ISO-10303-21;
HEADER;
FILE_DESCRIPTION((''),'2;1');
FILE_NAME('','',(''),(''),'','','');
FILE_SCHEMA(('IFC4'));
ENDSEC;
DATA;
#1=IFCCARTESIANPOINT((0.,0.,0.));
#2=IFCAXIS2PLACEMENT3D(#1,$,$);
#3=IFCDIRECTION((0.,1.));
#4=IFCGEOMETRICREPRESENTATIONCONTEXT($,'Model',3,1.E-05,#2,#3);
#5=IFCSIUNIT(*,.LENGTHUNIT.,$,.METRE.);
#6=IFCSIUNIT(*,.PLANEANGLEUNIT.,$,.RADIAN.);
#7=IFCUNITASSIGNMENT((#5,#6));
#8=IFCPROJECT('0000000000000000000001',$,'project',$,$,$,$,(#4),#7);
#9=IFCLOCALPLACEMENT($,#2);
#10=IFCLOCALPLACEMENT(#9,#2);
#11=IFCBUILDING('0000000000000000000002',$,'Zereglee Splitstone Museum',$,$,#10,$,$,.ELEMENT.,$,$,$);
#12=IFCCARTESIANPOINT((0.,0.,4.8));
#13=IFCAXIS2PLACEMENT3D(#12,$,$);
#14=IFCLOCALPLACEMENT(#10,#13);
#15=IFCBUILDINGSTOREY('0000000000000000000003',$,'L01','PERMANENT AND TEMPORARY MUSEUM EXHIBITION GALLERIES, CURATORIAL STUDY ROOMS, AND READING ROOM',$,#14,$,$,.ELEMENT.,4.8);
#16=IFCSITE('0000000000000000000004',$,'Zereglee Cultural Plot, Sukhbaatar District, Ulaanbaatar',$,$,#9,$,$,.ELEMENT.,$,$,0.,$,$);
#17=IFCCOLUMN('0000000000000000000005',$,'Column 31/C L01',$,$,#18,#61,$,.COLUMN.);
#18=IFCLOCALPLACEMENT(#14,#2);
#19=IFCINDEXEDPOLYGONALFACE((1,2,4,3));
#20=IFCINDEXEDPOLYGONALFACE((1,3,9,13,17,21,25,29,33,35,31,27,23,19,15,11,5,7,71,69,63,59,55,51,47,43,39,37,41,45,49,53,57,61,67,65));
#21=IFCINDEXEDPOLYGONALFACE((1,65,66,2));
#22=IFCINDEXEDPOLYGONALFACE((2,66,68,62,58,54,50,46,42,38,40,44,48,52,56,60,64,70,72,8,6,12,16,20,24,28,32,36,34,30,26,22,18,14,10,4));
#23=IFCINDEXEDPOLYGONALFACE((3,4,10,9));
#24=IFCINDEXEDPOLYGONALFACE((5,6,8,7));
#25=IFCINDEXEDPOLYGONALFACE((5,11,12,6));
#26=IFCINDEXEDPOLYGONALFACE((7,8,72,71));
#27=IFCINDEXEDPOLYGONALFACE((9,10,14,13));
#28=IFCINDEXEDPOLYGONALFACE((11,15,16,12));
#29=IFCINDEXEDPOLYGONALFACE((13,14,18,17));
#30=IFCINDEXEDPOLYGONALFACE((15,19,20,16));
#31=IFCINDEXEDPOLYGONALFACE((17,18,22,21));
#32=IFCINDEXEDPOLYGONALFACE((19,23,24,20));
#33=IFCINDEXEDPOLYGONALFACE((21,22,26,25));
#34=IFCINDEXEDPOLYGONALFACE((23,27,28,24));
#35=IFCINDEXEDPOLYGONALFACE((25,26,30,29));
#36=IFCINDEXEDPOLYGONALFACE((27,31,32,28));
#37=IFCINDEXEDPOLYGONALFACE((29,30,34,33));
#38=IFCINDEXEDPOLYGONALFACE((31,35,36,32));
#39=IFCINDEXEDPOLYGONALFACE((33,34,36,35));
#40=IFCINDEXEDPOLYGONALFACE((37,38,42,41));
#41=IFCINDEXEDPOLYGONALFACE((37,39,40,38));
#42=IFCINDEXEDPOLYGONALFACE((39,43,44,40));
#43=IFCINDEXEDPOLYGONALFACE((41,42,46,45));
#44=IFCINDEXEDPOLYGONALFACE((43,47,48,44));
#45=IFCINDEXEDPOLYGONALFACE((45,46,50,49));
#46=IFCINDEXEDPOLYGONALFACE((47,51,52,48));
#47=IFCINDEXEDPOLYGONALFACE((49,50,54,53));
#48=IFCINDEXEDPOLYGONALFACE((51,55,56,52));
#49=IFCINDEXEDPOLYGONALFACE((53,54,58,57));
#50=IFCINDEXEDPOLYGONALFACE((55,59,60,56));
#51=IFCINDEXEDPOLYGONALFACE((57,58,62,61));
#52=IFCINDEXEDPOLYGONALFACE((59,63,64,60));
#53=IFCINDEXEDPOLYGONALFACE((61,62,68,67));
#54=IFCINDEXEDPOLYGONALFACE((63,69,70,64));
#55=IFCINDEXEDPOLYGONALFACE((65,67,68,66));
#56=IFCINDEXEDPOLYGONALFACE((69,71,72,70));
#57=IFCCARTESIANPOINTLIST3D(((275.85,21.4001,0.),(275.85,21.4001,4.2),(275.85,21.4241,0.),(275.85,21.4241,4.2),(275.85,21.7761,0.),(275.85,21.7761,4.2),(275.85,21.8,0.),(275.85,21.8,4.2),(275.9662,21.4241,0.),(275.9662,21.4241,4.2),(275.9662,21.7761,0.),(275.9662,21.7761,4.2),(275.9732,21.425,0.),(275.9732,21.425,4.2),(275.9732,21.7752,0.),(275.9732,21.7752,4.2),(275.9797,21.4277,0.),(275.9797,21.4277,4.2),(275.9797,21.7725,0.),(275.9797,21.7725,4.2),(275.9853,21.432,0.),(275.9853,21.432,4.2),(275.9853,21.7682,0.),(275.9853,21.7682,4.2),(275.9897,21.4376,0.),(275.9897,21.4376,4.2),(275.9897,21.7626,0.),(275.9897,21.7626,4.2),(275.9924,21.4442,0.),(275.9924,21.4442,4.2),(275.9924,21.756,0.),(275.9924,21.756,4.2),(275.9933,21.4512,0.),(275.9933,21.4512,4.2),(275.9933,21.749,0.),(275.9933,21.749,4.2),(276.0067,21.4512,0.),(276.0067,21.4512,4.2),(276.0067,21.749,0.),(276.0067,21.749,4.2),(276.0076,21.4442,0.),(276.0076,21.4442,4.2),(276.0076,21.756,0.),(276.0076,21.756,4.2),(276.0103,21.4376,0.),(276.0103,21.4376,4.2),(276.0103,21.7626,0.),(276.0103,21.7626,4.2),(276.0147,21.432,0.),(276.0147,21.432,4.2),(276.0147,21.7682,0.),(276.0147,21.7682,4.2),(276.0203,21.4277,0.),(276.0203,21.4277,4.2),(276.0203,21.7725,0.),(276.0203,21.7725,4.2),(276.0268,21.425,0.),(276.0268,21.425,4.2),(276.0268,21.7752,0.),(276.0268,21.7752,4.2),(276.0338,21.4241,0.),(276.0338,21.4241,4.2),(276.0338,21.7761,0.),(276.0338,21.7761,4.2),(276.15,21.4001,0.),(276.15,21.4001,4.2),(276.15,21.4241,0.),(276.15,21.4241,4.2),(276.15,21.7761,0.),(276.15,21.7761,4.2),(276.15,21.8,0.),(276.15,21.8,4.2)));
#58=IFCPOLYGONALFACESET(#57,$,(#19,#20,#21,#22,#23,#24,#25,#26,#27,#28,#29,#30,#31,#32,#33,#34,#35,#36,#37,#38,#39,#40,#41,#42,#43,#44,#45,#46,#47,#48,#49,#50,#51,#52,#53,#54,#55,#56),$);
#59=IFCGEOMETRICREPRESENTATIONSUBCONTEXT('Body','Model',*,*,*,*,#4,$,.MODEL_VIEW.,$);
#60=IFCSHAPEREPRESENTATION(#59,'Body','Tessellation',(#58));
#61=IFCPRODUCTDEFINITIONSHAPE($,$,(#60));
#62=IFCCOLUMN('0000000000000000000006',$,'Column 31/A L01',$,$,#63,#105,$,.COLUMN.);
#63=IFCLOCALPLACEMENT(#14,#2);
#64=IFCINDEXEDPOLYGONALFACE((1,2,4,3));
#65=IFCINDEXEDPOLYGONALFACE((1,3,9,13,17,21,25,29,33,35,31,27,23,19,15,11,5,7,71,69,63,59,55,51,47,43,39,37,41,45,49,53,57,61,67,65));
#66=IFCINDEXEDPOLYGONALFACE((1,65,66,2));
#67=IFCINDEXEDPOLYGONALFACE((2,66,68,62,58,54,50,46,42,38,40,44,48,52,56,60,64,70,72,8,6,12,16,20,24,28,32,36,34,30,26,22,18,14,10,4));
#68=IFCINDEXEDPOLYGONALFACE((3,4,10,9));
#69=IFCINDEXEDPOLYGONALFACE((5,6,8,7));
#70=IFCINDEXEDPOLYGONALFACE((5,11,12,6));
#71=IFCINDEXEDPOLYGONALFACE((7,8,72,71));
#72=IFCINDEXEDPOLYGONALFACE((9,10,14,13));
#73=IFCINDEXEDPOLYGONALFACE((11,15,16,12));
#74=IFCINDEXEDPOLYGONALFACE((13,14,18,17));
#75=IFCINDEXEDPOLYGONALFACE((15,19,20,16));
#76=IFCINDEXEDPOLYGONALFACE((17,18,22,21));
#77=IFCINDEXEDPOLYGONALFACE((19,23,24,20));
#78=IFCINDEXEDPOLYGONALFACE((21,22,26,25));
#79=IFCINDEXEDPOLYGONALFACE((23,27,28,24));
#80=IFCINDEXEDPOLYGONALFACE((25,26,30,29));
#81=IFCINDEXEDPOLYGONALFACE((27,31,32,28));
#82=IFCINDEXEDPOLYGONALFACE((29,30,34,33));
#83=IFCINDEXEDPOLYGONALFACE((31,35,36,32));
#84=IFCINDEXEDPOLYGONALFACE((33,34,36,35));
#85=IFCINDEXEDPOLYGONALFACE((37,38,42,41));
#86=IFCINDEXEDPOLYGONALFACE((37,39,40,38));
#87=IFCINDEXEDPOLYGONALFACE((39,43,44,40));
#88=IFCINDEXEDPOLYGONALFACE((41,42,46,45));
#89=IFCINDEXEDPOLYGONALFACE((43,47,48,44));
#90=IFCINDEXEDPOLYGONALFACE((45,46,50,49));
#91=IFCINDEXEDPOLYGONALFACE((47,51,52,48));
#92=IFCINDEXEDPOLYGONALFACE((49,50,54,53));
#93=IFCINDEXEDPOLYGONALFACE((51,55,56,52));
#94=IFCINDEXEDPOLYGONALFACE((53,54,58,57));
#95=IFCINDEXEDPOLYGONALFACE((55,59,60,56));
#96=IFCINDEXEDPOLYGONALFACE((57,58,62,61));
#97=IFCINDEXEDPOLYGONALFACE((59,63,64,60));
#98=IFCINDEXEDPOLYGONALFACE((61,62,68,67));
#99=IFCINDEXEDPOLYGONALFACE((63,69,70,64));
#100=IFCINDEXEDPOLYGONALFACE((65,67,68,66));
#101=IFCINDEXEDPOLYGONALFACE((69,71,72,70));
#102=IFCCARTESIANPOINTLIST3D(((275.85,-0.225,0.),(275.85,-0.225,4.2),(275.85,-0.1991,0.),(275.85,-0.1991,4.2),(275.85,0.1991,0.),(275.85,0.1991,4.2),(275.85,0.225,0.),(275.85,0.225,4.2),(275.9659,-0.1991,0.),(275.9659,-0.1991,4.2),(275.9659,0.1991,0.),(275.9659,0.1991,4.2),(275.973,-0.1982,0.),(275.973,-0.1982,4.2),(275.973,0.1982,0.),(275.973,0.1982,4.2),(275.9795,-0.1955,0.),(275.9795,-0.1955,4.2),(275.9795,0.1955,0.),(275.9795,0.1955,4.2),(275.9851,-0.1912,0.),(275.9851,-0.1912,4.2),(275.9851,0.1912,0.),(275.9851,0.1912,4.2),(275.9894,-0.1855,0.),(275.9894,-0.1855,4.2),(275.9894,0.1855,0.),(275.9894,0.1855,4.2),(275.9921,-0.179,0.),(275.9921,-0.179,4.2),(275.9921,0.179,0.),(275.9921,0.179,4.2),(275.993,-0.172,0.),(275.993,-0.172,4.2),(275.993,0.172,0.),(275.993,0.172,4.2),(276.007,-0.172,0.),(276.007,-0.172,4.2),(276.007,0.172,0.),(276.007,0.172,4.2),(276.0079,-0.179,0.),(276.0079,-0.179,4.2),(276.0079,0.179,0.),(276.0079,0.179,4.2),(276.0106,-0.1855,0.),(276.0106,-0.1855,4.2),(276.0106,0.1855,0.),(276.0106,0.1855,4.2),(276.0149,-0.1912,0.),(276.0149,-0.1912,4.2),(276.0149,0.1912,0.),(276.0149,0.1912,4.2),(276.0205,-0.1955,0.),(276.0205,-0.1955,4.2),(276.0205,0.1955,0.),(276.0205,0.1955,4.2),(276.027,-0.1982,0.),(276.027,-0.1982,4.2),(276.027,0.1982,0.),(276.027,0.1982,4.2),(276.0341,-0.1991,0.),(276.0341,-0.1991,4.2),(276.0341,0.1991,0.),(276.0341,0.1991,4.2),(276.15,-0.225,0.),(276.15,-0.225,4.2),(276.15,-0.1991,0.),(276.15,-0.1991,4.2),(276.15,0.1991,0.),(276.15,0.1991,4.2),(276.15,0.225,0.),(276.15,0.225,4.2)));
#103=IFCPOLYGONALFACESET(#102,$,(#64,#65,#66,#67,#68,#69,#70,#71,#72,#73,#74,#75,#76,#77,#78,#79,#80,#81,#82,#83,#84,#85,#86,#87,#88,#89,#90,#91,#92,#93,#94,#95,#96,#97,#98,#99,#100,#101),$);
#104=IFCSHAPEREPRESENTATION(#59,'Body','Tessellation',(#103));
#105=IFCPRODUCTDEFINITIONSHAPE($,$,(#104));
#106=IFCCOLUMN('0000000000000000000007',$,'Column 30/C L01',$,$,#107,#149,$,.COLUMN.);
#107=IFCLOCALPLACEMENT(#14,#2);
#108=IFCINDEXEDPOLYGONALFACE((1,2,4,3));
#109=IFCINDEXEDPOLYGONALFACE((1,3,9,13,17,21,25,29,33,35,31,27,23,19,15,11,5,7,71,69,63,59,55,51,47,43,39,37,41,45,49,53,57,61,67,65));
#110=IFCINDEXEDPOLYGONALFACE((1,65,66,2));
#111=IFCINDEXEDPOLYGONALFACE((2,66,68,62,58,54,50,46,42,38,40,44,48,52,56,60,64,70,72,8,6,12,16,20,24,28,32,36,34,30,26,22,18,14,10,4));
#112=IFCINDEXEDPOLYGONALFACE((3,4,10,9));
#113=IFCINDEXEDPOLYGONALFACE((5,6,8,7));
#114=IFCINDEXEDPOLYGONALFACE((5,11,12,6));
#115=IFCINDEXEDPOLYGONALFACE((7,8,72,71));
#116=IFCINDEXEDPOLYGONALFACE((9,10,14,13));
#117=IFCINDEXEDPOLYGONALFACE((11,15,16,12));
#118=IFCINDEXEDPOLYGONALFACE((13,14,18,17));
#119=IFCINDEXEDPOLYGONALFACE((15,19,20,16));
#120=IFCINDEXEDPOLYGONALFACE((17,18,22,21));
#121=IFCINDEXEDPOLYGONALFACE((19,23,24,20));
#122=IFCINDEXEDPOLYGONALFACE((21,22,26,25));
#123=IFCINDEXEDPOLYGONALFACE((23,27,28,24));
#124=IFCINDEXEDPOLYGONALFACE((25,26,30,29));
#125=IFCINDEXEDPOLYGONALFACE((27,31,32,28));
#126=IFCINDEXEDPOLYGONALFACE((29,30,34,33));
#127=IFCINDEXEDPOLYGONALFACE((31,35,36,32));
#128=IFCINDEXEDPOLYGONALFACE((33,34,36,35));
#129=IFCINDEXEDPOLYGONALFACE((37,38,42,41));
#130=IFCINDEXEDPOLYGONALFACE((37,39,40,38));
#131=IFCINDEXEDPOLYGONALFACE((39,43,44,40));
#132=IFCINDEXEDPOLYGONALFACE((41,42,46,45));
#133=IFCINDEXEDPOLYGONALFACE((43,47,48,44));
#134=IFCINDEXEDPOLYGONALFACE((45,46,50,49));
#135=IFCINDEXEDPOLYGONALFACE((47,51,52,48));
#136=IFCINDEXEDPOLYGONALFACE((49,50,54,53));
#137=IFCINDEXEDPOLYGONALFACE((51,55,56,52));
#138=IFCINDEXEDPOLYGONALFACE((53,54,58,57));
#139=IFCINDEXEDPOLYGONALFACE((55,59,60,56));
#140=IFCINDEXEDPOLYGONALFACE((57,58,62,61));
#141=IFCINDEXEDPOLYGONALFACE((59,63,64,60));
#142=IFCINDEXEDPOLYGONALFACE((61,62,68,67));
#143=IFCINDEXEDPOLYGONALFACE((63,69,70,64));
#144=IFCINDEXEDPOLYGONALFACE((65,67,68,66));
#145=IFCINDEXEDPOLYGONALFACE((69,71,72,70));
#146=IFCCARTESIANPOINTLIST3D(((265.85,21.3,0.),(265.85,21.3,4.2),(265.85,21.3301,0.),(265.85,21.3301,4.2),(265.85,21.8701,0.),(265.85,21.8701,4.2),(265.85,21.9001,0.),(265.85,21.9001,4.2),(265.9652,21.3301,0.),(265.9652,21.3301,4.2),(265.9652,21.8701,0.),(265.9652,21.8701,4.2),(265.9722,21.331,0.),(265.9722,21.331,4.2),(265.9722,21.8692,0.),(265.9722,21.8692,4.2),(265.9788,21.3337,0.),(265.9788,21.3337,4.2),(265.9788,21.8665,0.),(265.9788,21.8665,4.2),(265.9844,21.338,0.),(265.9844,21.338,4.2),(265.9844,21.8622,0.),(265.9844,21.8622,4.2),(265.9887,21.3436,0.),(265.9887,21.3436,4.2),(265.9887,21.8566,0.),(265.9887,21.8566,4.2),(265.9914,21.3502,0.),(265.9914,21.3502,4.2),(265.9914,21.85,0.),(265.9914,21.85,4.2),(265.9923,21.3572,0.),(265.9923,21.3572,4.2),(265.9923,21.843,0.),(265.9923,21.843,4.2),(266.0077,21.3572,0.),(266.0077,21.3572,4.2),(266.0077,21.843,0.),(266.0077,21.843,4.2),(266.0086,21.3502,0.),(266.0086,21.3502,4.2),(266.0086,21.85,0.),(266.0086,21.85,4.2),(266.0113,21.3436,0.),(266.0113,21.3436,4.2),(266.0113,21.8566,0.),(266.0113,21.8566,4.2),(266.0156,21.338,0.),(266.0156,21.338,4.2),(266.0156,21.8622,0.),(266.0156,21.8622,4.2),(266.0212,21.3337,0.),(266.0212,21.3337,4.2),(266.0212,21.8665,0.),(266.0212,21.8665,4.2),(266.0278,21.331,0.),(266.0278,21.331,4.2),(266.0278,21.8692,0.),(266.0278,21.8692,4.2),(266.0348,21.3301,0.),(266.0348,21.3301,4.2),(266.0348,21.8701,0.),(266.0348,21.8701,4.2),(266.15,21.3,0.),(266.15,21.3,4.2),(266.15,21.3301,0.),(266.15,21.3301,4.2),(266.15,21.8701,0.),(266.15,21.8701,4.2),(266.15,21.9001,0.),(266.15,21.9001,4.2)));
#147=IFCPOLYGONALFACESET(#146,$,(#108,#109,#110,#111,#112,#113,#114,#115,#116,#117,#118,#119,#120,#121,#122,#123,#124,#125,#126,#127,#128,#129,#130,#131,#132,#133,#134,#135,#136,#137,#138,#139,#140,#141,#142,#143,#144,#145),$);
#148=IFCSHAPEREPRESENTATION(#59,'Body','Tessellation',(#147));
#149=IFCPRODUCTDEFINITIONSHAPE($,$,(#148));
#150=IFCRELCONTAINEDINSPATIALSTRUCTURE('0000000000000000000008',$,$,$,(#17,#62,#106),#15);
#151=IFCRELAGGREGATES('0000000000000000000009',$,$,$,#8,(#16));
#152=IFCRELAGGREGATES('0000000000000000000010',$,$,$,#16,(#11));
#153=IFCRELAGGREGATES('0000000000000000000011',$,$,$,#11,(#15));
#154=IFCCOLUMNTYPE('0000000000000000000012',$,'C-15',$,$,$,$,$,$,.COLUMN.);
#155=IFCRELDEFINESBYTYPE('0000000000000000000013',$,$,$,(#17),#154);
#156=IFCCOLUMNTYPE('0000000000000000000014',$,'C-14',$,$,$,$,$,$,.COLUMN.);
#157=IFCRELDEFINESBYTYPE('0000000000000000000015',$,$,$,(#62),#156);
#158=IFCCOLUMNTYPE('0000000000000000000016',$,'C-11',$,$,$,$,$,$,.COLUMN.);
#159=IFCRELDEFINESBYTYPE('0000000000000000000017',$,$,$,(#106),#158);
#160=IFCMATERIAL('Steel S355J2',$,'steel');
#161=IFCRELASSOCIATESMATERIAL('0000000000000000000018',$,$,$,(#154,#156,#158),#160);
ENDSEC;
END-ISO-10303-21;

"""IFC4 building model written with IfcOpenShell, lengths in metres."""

from ifc_helpers import new_model, si_unit, direction, frame, origin, origin_2d, place, context, subcontext, project, spatial, i_section, extrude, material, material_profile, profile_set, type_object, element, save


model = new_model("IFC4")

# Units and contexts
model_context = context("Model", 3, precision=1e-05, world=origin(), true_north=direction((0.0, 1.0)))
body_context = subcontext(model_context, "Body", "Model", "MODEL_VIEW")
ifc_project = project(units=[si_unit("LENGTHUNIT", "METRE"), si_unit("PLANEANGLEUNIT", "RADIAN")], contexts=[model_context])

# Site, building, storey
site_placement = place(None, origin())
site = spatial("IfcSite", under=ifc_project, at=site_placement, Name="Zereglee Cultural Plot, Sukhbaatar District, Ulaanbaatar", CompositionType="ELEMENT", RefElevation=0.0)
building_placement = place(site_placement, origin())
building = spatial("IfcBuilding", under=site, at=building_placement, Name="Zereglee Splitstone Museum", CompositionType="ELEMENT")
storey_placement = place(building_placement, frame((0.0, 0.0, 4.8)))
storey = spatial("IfcBuildingStorey", under=building, at=storey_placement, Name="L01", Description="PERMANENT AND TEMPORARY MUSEUM EXHIBITION GALLERIES, CURATORIAL STUDY ROOMS, AND READING ROOM", CompositionType="ELEMENT", Elevation=4.8)

# Columns
ifc_material_1 = material(Name="Steel S355J2", Category="steel")
ifc_material_profile_1 = material_profile(ifc_material_1, i_section(OverallWidth=0.3, OverallDepth=0.3999, WebThickness=0.0134, FlangeThickness=0.0239, FilletRadius=0.0271, at=origin_2d()), Name="HE 400 B")
ifc_profile_set_1 = profile_set([ifc_material_profile_1], Name="Steel S355J2")
column_type_1 = type_object("IfcColumnType", Name="C-15", PredefinedType="COLUMN", material=ifc_profile_set_1)
column_1_placement = place(storey_placement, frame((276.0, 21.6001, 0.0), z_axis=(0.0, 0.0, 1.0), x_axis=(1.0, 0.0, 0.0)))
element("IfcColumn", 1, at=column_1_placement, inside=storey, type_object=column_type_1, Name="Column 31/C L01", PredefinedType="COLUMN", context=body_context, shape_type="SweptSolid", body=[
    extrude(i_section(OverallWidth=0.3, OverallDepth=0.3999, WebThickness=0.0134, FlangeThickness=0.0239, FilletRadius=0.0271, at=origin_2d()), origin(), (0.0, 0.0, 1.0), 4.2),
])
ifc_material_profile_2 = material_profile(ifc_material_1, i_section(OverallWidth=0.3, OverallDepth=0.45, WebThickness=0.0139, FlangeThickness=0.0259, FilletRadius=0.0271, at=origin_2d()), Name="HE 450 B")
ifc_profile_set_2 = profile_set([ifc_material_profile_2], Name="Steel S355J2")
column_type_2 = type_object("IfcColumnType", Name="C-14", PredefinedType="COLUMN", material=ifc_profile_set_2)
column_2_placement = place(storey_placement, frame((276.0, 0.0, 0.0), z_axis=(0.0, 0.0, 1.0), x_axis=(1.0, 0.0, 0.0)))
element("IfcColumn", 2, at=column_2_placement, inside=storey, type_object=column_type_2, Name="Column 31/A L01", PredefinedType="COLUMN", context=body_context, shape_type="SweptSolid", body=[
    extrude(i_section(OverallWidth=0.3, OverallDepth=0.45, WebThickness=0.0139, FlangeThickness=0.0259, FilletRadius=0.0271, at=origin_2d()), origin(), (0.0, 0.0, 1.0), 4.2),
])
ifc_material_profile_3 = material_profile(ifc_material_1, i_section(OverallWidth=0.3, OverallDepth=0.6001, WebThickness=0.0154, FlangeThickness=0.03, FilletRadius=0.0271, at=origin_2d()), Name="HE 600 B")
ifc_profile_set_3 = profile_set([ifc_material_profile_3], Name="Steel S355J2")
column_type_3 = type_object("IfcColumnType", Name="C-11", PredefinedType="COLUMN", material=ifc_profile_set_3)
column_3_placement = place(storey_placement, frame((266.0, 21.6001, 0.0), z_axis=(0.0, 0.0, 1.0), x_axis=(1.0, 0.0, 0.0)))
element("IfcColumn", 3, at=column_3_placement, inside=storey, type_object=column_type_3, Name="Column 30/C L01", PredefinedType="COLUMN", context=body_context, shape_type="SweptSolid", body=[
    extrude(i_section(OverallWidth=0.3, OverallDepth=0.6001, WebThickness=0.0154, FlangeThickness=0.03, FilletRadius=0.0271, at=origin_2d()), origin(), (0.0, 0.0, 1.0), 4.2),
])

save(model, "model.ifc")
